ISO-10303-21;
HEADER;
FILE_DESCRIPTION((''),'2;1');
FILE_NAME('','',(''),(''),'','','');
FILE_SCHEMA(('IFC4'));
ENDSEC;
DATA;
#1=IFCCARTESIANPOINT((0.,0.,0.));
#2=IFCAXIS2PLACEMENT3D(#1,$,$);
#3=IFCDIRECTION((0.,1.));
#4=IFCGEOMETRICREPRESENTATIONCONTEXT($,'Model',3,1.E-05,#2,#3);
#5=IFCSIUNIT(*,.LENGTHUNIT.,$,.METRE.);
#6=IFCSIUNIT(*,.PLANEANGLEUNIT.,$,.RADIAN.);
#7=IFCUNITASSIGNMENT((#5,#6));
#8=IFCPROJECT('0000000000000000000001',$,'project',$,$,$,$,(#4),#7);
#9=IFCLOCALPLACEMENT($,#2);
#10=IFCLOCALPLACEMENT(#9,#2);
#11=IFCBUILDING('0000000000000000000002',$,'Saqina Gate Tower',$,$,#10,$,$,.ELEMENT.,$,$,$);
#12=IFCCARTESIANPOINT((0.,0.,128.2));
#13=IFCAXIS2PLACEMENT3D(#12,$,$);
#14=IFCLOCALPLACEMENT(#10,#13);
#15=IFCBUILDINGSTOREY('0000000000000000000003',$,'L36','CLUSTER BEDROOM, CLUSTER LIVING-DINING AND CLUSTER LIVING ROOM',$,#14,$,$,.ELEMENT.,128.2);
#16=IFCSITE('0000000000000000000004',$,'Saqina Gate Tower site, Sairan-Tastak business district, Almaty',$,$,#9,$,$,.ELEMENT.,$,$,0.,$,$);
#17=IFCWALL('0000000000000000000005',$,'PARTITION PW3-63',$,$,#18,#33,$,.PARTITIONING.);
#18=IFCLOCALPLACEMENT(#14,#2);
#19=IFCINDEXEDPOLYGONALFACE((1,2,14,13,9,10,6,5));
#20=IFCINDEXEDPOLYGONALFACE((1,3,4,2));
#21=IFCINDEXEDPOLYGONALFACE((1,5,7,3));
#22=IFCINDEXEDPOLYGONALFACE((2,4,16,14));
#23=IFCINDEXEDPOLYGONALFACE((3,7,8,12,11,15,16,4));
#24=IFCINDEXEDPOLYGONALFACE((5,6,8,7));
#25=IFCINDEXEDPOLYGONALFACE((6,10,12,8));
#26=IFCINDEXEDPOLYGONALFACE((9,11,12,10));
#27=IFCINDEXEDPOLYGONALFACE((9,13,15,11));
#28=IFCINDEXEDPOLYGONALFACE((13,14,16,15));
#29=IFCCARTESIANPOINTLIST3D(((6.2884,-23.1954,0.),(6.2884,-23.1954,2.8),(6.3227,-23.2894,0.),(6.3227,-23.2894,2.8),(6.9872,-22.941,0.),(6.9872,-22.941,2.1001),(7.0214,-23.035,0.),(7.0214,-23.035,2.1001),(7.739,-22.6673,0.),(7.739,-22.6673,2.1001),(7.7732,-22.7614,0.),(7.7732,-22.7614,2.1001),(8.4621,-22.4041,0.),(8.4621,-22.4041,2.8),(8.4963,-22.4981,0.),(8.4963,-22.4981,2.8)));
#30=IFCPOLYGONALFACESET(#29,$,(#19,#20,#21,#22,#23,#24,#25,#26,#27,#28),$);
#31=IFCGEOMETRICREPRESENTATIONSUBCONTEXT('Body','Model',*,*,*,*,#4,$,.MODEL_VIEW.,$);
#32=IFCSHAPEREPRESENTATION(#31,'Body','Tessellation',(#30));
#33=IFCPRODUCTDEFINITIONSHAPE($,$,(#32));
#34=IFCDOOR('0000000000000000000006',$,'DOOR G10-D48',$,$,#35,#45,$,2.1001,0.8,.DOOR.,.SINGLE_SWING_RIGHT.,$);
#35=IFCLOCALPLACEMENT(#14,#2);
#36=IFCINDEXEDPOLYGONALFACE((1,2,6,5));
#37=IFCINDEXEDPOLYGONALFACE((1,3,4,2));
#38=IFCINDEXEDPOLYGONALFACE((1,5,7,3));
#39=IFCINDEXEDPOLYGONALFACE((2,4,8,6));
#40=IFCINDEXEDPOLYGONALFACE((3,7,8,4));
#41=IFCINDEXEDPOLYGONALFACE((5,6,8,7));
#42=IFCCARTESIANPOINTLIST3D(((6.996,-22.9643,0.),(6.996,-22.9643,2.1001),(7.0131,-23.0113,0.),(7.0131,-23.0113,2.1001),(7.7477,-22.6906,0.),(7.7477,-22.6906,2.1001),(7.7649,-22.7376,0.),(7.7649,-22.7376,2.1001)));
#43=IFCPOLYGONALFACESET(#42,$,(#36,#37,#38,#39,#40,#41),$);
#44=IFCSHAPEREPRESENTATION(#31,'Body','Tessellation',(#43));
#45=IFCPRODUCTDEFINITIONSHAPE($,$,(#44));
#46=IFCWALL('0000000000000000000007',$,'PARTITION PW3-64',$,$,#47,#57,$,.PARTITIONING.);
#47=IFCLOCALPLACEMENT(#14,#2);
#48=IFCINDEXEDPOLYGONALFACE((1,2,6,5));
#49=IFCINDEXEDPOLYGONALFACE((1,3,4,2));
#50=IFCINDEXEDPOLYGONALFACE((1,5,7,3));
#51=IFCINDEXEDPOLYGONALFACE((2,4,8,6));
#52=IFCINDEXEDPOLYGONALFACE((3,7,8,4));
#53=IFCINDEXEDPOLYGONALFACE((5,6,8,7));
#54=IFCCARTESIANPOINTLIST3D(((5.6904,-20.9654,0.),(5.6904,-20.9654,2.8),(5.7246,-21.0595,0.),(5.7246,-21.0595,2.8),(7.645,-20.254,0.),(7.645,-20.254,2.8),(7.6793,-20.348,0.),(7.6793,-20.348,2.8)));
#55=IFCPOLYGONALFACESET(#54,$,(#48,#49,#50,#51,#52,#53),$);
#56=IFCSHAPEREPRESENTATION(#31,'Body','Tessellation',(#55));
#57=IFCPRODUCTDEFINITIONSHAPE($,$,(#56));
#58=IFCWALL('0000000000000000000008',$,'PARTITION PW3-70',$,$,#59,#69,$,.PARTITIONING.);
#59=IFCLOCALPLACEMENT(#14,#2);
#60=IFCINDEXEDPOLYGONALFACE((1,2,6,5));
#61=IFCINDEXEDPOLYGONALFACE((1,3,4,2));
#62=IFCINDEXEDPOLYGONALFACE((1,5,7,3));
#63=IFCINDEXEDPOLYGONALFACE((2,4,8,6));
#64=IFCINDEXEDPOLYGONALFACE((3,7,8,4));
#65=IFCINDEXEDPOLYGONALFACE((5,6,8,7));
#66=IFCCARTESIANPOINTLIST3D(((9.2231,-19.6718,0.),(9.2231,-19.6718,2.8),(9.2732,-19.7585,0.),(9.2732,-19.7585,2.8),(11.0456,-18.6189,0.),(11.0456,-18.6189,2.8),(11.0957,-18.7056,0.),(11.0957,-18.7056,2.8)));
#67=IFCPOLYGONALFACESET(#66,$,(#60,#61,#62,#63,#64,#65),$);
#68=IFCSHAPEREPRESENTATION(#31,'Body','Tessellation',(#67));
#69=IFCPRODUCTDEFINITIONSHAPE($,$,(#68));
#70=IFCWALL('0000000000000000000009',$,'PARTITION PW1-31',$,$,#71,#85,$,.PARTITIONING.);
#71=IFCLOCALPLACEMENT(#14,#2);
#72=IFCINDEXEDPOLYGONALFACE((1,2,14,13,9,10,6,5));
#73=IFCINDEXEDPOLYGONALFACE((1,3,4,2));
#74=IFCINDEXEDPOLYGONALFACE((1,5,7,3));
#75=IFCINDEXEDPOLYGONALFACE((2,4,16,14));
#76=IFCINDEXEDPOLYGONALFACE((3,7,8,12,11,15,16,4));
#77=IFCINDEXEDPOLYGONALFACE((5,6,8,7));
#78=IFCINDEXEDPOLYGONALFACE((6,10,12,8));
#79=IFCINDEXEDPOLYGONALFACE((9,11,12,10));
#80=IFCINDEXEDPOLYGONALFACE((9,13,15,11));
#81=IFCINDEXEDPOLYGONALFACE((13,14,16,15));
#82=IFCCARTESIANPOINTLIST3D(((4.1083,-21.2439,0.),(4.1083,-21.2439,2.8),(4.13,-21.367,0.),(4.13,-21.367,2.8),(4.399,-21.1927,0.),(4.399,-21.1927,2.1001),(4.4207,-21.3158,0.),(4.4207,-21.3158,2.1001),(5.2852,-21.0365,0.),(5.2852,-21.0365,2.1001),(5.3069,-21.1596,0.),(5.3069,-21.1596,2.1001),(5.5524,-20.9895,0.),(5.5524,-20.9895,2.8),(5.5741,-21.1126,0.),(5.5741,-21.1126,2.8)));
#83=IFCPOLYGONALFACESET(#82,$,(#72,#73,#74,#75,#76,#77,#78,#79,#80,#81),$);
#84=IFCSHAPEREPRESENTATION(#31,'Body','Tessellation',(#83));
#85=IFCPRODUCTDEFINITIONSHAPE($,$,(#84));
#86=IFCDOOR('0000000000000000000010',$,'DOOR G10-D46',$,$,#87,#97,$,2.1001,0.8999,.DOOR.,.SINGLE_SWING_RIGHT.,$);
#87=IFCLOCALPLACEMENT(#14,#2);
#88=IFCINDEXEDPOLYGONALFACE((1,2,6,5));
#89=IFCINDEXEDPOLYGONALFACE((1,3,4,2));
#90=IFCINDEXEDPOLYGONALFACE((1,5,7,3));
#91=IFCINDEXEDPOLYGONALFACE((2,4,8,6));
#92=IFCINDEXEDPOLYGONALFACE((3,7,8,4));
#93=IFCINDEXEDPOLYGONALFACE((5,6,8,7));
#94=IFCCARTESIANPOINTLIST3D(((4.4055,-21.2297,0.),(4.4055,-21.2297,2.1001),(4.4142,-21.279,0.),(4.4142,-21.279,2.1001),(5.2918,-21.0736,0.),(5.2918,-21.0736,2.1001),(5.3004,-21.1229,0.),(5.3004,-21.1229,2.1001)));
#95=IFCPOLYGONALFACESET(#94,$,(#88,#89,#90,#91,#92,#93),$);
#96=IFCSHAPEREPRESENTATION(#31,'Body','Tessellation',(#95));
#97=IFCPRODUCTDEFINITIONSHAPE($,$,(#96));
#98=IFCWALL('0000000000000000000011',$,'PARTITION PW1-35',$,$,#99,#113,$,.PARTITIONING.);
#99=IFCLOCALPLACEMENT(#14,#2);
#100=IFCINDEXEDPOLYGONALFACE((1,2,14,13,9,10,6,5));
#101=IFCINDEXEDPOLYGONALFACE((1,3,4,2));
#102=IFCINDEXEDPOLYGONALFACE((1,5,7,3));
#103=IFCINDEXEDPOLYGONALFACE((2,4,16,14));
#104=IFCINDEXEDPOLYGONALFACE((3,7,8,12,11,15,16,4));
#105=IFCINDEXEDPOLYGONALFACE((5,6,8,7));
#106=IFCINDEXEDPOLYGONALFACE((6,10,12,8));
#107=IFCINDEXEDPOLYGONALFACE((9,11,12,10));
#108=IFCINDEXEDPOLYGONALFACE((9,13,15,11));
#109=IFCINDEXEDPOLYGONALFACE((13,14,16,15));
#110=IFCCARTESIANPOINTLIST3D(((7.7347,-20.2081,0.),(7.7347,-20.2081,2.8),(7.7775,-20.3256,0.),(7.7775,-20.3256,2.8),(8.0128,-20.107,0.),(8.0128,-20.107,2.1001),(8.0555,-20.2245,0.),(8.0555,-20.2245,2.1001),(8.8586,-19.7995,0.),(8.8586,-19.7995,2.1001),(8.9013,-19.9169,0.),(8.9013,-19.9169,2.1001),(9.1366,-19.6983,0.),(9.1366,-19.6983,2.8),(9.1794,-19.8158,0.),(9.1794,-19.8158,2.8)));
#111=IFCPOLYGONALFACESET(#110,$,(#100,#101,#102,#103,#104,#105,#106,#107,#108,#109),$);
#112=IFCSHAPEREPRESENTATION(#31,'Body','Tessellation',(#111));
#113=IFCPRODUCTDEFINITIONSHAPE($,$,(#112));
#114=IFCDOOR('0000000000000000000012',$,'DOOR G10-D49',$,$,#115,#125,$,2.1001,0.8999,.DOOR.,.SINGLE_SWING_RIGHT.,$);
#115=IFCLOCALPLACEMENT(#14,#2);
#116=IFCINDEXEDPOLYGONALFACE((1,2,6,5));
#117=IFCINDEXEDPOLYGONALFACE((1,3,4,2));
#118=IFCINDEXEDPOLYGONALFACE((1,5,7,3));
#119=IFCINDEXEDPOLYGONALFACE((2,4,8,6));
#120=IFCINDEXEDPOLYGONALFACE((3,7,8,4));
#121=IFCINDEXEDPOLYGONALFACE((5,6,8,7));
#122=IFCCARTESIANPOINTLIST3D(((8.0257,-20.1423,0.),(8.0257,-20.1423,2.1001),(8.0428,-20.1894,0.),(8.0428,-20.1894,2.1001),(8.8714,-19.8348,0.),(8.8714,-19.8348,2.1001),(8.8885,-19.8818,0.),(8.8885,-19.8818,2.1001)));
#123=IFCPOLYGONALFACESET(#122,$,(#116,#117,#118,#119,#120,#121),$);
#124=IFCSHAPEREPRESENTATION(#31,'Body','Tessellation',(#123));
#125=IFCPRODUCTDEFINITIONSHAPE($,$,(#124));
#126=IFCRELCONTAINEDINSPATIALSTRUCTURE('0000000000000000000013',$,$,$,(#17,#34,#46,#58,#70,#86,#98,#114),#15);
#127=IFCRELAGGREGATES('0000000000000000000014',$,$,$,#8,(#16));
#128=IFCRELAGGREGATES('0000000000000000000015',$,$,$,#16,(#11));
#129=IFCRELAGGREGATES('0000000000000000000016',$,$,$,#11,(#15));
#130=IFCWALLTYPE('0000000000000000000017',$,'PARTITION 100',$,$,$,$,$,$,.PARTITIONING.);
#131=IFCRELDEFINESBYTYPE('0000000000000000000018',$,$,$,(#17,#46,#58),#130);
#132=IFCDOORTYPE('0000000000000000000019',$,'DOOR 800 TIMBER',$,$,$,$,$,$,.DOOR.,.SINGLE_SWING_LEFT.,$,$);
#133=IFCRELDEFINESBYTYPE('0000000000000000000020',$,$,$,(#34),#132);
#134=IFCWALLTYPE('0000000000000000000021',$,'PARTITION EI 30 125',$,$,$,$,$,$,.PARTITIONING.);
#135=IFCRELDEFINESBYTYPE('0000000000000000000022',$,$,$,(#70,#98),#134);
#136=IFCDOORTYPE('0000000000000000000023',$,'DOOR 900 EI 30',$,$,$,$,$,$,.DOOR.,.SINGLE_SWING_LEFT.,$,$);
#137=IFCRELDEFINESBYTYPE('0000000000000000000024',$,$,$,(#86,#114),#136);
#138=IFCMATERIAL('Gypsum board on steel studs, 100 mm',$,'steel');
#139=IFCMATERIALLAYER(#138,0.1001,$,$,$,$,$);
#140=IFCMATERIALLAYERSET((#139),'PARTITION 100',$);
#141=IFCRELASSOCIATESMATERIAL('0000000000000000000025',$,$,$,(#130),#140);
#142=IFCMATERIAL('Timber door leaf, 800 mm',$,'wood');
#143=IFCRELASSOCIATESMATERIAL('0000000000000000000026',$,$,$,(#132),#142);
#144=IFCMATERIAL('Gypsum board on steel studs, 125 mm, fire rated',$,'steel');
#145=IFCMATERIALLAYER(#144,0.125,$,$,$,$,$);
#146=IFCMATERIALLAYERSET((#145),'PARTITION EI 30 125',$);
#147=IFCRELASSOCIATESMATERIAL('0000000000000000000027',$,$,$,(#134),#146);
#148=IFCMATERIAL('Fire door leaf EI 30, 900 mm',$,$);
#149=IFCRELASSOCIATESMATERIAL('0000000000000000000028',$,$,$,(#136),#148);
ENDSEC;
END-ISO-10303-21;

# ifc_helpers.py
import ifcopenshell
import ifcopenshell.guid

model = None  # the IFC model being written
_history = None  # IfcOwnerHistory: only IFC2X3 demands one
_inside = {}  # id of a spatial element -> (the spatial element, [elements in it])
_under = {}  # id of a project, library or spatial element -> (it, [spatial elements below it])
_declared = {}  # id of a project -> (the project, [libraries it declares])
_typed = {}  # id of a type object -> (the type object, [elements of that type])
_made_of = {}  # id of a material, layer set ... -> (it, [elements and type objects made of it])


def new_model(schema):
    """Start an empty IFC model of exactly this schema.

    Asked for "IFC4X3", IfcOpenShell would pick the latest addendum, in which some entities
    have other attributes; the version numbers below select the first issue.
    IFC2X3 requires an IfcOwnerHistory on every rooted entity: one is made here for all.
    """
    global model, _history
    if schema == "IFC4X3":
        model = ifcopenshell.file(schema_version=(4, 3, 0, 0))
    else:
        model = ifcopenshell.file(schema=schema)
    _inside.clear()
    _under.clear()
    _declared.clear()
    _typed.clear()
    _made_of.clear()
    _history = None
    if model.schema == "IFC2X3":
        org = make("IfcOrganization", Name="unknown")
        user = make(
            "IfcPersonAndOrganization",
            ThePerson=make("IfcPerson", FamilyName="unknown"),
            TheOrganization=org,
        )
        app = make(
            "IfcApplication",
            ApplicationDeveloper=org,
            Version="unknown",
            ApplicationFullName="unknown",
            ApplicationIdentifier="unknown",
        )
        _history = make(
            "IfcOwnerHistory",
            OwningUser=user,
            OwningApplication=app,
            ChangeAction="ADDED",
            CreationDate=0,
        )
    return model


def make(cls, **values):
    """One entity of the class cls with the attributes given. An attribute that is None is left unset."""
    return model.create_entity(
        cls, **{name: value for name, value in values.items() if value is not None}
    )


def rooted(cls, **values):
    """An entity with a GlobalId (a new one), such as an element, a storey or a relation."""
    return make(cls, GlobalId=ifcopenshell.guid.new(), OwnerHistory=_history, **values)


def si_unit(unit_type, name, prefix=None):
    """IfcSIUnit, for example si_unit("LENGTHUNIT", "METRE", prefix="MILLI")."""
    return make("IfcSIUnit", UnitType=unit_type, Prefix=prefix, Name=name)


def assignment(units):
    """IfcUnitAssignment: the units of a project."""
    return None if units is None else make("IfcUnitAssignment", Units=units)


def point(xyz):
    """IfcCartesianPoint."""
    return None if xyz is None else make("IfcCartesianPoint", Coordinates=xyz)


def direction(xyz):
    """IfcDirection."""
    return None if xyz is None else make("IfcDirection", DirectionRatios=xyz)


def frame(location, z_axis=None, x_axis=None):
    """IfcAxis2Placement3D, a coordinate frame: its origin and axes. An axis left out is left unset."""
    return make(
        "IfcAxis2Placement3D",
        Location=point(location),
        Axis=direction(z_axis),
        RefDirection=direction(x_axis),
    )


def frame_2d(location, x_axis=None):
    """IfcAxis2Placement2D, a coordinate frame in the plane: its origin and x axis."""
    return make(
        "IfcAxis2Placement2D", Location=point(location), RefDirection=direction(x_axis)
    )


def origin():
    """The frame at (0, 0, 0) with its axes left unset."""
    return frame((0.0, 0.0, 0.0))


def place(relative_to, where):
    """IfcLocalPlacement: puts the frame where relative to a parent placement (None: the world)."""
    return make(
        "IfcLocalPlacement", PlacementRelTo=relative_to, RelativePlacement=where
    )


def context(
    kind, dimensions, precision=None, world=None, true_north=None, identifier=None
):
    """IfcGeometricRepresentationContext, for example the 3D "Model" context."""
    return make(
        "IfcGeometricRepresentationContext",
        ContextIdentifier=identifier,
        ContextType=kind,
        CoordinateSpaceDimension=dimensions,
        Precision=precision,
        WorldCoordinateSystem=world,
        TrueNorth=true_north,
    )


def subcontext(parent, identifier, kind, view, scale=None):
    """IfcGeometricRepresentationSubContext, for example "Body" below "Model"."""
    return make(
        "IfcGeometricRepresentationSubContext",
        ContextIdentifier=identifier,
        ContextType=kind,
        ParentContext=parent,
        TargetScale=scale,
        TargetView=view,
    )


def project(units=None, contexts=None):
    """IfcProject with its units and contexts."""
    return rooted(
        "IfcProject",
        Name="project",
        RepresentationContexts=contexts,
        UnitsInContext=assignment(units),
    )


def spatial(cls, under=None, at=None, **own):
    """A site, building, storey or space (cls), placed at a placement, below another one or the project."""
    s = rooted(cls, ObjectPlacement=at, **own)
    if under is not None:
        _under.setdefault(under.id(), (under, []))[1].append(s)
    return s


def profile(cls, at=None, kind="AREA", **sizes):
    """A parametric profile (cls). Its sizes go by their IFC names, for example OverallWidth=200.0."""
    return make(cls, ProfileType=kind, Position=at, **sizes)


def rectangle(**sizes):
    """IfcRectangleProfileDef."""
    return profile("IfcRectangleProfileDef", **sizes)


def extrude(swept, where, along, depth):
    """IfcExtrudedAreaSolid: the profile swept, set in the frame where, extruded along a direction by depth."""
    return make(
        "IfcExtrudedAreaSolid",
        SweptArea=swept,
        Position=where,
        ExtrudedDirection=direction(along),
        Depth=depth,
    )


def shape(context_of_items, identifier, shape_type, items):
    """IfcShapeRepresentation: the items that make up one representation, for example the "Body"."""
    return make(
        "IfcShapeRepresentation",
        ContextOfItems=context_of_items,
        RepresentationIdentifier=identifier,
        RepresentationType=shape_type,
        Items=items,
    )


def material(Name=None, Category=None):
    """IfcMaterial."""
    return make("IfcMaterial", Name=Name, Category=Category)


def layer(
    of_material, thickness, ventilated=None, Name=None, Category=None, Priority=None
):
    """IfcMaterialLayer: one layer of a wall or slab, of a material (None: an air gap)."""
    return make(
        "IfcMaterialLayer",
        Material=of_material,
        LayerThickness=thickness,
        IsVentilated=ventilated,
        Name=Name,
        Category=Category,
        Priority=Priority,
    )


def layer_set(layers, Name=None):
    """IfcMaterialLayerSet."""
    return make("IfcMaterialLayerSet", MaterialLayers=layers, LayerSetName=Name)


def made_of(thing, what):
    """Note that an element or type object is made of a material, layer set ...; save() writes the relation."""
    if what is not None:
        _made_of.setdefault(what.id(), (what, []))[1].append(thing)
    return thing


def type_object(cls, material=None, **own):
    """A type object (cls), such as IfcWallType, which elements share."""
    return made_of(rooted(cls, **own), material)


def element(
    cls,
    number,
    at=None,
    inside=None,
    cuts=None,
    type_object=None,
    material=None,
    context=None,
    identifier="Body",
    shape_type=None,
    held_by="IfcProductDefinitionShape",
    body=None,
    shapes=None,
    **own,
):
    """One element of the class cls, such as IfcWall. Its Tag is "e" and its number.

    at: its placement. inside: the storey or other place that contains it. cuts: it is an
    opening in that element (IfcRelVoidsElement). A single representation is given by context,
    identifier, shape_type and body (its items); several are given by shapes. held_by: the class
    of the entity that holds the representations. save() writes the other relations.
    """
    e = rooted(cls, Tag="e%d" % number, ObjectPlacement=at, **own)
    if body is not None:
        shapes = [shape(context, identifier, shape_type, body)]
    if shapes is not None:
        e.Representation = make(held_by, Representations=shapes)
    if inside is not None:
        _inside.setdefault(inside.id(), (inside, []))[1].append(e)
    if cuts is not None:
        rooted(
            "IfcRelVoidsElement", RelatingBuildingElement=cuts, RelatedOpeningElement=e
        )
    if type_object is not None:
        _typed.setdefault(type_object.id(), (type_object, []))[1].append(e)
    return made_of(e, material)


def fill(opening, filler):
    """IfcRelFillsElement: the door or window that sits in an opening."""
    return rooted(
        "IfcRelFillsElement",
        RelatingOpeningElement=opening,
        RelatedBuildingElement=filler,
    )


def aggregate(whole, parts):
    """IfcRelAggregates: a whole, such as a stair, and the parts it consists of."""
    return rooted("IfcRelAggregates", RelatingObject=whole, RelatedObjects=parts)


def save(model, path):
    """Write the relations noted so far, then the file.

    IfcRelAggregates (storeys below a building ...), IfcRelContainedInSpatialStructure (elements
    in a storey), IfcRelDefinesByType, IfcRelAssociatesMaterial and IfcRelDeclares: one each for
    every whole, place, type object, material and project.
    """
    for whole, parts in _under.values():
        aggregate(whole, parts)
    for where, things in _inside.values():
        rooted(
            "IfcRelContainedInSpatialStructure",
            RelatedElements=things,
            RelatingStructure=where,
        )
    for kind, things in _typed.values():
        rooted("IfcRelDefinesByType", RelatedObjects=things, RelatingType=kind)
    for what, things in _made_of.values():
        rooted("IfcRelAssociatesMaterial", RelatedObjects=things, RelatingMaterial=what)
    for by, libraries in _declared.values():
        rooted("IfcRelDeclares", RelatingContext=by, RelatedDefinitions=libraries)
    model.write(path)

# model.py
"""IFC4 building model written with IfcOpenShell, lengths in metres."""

from ifc_helpers import new_model, si_unit, direction, frame, frame_2d, origin, place, context, subcontext, project, spatial, rectangle, extrude, material, layer, layer_set, type_object, element, fill, save


model = new_model("IFC4")

# Units and contexts
model_context = context("Model", 3, precision=1e-05, world=origin(), true_north=direction((0.0, 1.0)))
body_context = subcontext(model_context, "Body", "Model", "MODEL_VIEW")
ifc_project = project(units=[si_unit("LENGTHUNIT", "METRE"), si_unit("PLANEANGLEUNIT", "RADIAN")], contexts=[model_context])

# Site, building, storey
site_placement = place(None, origin())
site = spatial("IfcSite", under=ifc_project, at=site_placement, Name="Saqina Gate Tower site, Sairan-Tastak business district, Almaty", CompositionType="ELEMENT", RefElevation=0.0)
building_placement = place(site_placement, origin())
building = spatial("IfcBuilding", under=site, at=building_placement, Name="Saqina Gate Tower", CompositionType="ELEMENT")
storey_placement = place(building_placement, frame((0.0, 0.0, 128.2)))
storey = spatial("IfcBuildingStorey", under=building, at=storey_placement, Name="L36", Description="CLUSTER BEDROOM, CLUSTER LIVING-DINING AND CLUSTER LIVING ROOM", CompositionType="ELEMENT", Elevation=128.2)

# Shared definitions
ifc_material_1 = material(Name="Gypsum board on steel studs, 100 mm", Category="steel")
ifc_layer_1 = layer(ifc_material_1, 0.1001)
ifc_layer_set_1 = layer_set([ifc_layer_1], Name="PARTITION 100")
wall_type_1 = type_object("IfcWallType", Name="PARTITION 100", PredefinedType="PARTITIONING", material=ifc_layer_set_1)

# Shared definitions
ifc_material_2 = material(Name="Timber door leaf, 800 mm", Category="wood")
door_type_1 = type_object("IfcDoorType", Name="DOOR 800 TIMBER", OperationType="SINGLE_SWING_LEFT", PredefinedType="DOOR", material=ifc_material_2)

# Wall, opening, door
wall_1_placement = place(storey_placement, frame((6.3054, -23.2424, 0.0), z_axis=(0.0, 0.0, 1.0), x_axis=(0.939673, 0.342074, 0.0)))
wall_1 = element("IfcWall", 1, at=wall_1_placement, inside=storey, type_object=wall_type_1, Name="PARTITION PW3-63", PredefinedType="PARTITIONING", context=body_context, shape_type="SweptSolid", body=[
    extrude(rectangle(XDim=2.3132, YDim=0.1001, at=frame_2d((1.1567, 0.0))), origin(), (0.0, 0.0, 1.0), 2.8),
])
opening_1_placement = place(wall_1_placement, frame((0.7439, 0.0, 0.0)))
opening_1 = element("IfcOpeningElement", 2, at=opening_1_placement, cuts=wall_1, PredefinedType="OPENING", context=body_context, shape_type="SweptSolid", body=[
    extrude(rectangle(XDim=0.8, YDim=2.1001, at=frame_2d((0.3999, 1.05))), frame((0.0, 0.062, 0.0), z_axis=(0.0, -1.0, 0.0), x_axis=(1.0, 0.0, 0.0)), (0.0, 0.0, 1.0), 0.124),
])
door_1_placement = place(opening_1_placement, frame((0.8, 0.0, 0.0), z_axis=(0.0, 0.0, 1.0), x_axis=(-1.0, 0.0, 0.0)))
door_1 = element("IfcDoor", 3, at=door_1_placement, inside=storey, type_object=door_type_1, Name="DOOR G10-D48", OperationType="SINGLE_SWING_RIGHT", OverallHeight=2.1001, OverallWidth=0.8, PredefinedType="DOOR", context=body_context, shape_type="SweptSolid", body=[
    extrude(rectangle(XDim=0.8, YDim=2.1001, at=frame_2d((0.3999, 1.05))), frame((0.0, 0.0249, 0.0), z_axis=(0.0, -1.0, 0.0), x_axis=(1.0, 0.0, 0.0)), (0.0, 0.0, 1.0), 0.05),
])
fill(opening_1, door_1)

# Walls
wall_2_placement = place(storey_placement, frame((5.7075, -21.0125, 0.0), z_axis=(0.0, 0.0, 1.0), x_axis=(0.939691, 0.342026, 0.0)))
element("IfcWall", 4, at=wall_2_placement, inside=storey, type_object=wall_type_1, Name="PARTITION PW3-64", PredefinedType="PARTITIONING", context=body_context, shape_type="SweptSolid", body=[
    extrude(rectangle(XDim=2.0801, YDim=0.1001, at=frame_2d((1.04, 0.0))), origin(), (0.0, 0.0, 1.0), 2.8),
])
wall_3_placement = place(storey_placement, frame((9.2483, -19.7151, 0.0), z_axis=(0.0, 0.0, 1.0), x_axis=(0.865871, 0.500268, 0.0)))
element("IfcWall", 5, at=wall_3_placement, inside=storey, type_object=wall_type_1, Name="PARTITION PW3-70", PredefinedType="PARTITIONING", context=body_context, shape_type="SweptSolid", body=[
    extrude(rectangle(XDim=2.1047, YDim=0.1001, at=frame_2d((1.0522, 0.0))), origin(), (0.0, 0.0, 1.0), 2.8),
])

# Walls, openings, doors
ifc_material_3 = material(Name="Gypsum board on steel studs, 125 mm, fire rated", Category="steel")
ifc_layer_2 = layer(ifc_material_3, 0.125)
ifc_layer_set_2 = layer_set([ifc_layer_2], Name="PARTITION EI 30 125")
wall_type_2 = type_object("IfcWallType", Name="PARTITION EI 30 125", PredefinedType="PARTITIONING", material=ifc_layer_set_2)
wall_4_placement = place(storey_placement, frame((4.1191, -21.3054, 0.0), z_axis=(0.0, 0.0, 1.0), x_axis=(0.984835, 0.173491, 0.0)))
wall_4 = element("IfcWall", 6, at=wall_4_placement, inside=storey, type_object=wall_type_2, Name="PARTITION PW1-31", PredefinedType="PARTITIONING", context=body_context, shape_type="SweptSolid", body=[
    extrude(rectangle(XDim=1.4663, YDim=0.125, at=frame_2d((0.7332, 0.0))), origin(), (0.0, 0.0, 1.0), 2.8),
])
opening_2_placement = place(wall_4_placement, frame((0.2952, 0.0, 0.0)))
opening_2 = element("IfcOpeningElement", 7, at=opening_2_placement, cuts=wall_4, PredefinedType="OPENING", context=body_context, shape_type="SweptSolid", body=[
    extrude(rectangle(XDim=0.8999, YDim=2.1001, at=frame_2d((0.45, 1.05))), frame((0.0, 0.0745, 0.0), z_axis=(0.0, -1.0, 0.0), x_axis=(1.0, 0.0, 0.0)), (0.0, 0.0, 1.0), 0.1489),
])
ifc_material_4 = material(Name="Fire door leaf EI 30, 900 mm")
door_type_2 = type_object("IfcDoorType", Name="DOOR 900 EI 30", OperationType="SINGLE_SWING_LEFT", PredefinedType="DOOR", material=ifc_material_4)
door_2_placement = place(opening_2_placement, origin())
door_2 = element("IfcDoor", 8, at=door_2_placement, inside=storey, type_object=door_type_2, Name="DOOR G10-D46", OperationType="SINGLE_SWING_RIGHT", OverallHeight=2.1001, OverallWidth=0.8999, PredefinedType="DOOR", context=body_context, shape_type="SweptSolid", body=[
    extrude(rectangle(XDim=0.8999, YDim=2.1001, at=frame_2d((0.45, 1.05))), frame((0.0, 0.0249, 0.0), z_axis=(0.0, -1.0, 0.0), x_axis=(1.0, 0.0, 0.0)), (0.0, 0.0, 1.0), 0.05),
])
fill(opening_2, door_2)
wall_5_placement = place(storey_placement, frame((7.7561, -20.2668, 0.0), z_axis=(0.0, 0.0, 1.0), x_axis=(0.939793, 0.341743, 0.0)))
wall_5 = element("IfcWall", 9, at=wall_5_placement, inside=storey, type_object=wall_type_2, Name="PARTITION PW1-35", PredefinedType="PARTITIONING", context=body_context, shape_type="SweptSolid", body=[
    extrude(rectangle(XDim=1.4917, YDim=0.125, at=frame_2d((0.7458, 0.0))), origin(), (0.0, 0.0, 1.0), 2.8),
])
opening_3_placement = place(wall_5_placement, frame((0.2959, 0.0, 0.0)))
opening_3 = element("IfcOpeningElement", 10, at=opening_3_placement, cuts=wall_5, PredefinedType="OPENING", context=body_context, shape_type="SweptSolid", body=[
    extrude(rectangle(XDim=0.8999, YDim=2.1001, at=frame_2d((0.45, 1.05))), frame((0.0, 0.0745, 0.0), z_axis=(0.0, -1.0, 0.0), x_axis=(1.0, 0.0, 0.0)), (0.0, 0.0, 1.0), 0.1489),
])
door_3_placement = place(opening_3_placement, origin())
door_3 = element("IfcDoor", 11, at=door_3_placement, inside=storey, type_object=door_type_2, Name="DOOR G10-D49", OperationType="SINGLE_SWING_RIGHT", OverallHeight=2.1001, OverallWidth=0.8999, PredefinedType="DOOR", context=body_context, shape_type="SweptSolid", body=[
    extrude(rectangle(XDim=0.8999, YDim=2.1001, at=frame_2d((0.45, 1.05))), frame((0.0, 0.0249, 0.0), z_axis=(0.0, -1.0, 0.0), x_axis=(1.0, 0.0, 0.0)), (0.0, 0.0, 1.0), 0.05),
])
fill(opening_3, door_3)

save(model, "model.ifc")
